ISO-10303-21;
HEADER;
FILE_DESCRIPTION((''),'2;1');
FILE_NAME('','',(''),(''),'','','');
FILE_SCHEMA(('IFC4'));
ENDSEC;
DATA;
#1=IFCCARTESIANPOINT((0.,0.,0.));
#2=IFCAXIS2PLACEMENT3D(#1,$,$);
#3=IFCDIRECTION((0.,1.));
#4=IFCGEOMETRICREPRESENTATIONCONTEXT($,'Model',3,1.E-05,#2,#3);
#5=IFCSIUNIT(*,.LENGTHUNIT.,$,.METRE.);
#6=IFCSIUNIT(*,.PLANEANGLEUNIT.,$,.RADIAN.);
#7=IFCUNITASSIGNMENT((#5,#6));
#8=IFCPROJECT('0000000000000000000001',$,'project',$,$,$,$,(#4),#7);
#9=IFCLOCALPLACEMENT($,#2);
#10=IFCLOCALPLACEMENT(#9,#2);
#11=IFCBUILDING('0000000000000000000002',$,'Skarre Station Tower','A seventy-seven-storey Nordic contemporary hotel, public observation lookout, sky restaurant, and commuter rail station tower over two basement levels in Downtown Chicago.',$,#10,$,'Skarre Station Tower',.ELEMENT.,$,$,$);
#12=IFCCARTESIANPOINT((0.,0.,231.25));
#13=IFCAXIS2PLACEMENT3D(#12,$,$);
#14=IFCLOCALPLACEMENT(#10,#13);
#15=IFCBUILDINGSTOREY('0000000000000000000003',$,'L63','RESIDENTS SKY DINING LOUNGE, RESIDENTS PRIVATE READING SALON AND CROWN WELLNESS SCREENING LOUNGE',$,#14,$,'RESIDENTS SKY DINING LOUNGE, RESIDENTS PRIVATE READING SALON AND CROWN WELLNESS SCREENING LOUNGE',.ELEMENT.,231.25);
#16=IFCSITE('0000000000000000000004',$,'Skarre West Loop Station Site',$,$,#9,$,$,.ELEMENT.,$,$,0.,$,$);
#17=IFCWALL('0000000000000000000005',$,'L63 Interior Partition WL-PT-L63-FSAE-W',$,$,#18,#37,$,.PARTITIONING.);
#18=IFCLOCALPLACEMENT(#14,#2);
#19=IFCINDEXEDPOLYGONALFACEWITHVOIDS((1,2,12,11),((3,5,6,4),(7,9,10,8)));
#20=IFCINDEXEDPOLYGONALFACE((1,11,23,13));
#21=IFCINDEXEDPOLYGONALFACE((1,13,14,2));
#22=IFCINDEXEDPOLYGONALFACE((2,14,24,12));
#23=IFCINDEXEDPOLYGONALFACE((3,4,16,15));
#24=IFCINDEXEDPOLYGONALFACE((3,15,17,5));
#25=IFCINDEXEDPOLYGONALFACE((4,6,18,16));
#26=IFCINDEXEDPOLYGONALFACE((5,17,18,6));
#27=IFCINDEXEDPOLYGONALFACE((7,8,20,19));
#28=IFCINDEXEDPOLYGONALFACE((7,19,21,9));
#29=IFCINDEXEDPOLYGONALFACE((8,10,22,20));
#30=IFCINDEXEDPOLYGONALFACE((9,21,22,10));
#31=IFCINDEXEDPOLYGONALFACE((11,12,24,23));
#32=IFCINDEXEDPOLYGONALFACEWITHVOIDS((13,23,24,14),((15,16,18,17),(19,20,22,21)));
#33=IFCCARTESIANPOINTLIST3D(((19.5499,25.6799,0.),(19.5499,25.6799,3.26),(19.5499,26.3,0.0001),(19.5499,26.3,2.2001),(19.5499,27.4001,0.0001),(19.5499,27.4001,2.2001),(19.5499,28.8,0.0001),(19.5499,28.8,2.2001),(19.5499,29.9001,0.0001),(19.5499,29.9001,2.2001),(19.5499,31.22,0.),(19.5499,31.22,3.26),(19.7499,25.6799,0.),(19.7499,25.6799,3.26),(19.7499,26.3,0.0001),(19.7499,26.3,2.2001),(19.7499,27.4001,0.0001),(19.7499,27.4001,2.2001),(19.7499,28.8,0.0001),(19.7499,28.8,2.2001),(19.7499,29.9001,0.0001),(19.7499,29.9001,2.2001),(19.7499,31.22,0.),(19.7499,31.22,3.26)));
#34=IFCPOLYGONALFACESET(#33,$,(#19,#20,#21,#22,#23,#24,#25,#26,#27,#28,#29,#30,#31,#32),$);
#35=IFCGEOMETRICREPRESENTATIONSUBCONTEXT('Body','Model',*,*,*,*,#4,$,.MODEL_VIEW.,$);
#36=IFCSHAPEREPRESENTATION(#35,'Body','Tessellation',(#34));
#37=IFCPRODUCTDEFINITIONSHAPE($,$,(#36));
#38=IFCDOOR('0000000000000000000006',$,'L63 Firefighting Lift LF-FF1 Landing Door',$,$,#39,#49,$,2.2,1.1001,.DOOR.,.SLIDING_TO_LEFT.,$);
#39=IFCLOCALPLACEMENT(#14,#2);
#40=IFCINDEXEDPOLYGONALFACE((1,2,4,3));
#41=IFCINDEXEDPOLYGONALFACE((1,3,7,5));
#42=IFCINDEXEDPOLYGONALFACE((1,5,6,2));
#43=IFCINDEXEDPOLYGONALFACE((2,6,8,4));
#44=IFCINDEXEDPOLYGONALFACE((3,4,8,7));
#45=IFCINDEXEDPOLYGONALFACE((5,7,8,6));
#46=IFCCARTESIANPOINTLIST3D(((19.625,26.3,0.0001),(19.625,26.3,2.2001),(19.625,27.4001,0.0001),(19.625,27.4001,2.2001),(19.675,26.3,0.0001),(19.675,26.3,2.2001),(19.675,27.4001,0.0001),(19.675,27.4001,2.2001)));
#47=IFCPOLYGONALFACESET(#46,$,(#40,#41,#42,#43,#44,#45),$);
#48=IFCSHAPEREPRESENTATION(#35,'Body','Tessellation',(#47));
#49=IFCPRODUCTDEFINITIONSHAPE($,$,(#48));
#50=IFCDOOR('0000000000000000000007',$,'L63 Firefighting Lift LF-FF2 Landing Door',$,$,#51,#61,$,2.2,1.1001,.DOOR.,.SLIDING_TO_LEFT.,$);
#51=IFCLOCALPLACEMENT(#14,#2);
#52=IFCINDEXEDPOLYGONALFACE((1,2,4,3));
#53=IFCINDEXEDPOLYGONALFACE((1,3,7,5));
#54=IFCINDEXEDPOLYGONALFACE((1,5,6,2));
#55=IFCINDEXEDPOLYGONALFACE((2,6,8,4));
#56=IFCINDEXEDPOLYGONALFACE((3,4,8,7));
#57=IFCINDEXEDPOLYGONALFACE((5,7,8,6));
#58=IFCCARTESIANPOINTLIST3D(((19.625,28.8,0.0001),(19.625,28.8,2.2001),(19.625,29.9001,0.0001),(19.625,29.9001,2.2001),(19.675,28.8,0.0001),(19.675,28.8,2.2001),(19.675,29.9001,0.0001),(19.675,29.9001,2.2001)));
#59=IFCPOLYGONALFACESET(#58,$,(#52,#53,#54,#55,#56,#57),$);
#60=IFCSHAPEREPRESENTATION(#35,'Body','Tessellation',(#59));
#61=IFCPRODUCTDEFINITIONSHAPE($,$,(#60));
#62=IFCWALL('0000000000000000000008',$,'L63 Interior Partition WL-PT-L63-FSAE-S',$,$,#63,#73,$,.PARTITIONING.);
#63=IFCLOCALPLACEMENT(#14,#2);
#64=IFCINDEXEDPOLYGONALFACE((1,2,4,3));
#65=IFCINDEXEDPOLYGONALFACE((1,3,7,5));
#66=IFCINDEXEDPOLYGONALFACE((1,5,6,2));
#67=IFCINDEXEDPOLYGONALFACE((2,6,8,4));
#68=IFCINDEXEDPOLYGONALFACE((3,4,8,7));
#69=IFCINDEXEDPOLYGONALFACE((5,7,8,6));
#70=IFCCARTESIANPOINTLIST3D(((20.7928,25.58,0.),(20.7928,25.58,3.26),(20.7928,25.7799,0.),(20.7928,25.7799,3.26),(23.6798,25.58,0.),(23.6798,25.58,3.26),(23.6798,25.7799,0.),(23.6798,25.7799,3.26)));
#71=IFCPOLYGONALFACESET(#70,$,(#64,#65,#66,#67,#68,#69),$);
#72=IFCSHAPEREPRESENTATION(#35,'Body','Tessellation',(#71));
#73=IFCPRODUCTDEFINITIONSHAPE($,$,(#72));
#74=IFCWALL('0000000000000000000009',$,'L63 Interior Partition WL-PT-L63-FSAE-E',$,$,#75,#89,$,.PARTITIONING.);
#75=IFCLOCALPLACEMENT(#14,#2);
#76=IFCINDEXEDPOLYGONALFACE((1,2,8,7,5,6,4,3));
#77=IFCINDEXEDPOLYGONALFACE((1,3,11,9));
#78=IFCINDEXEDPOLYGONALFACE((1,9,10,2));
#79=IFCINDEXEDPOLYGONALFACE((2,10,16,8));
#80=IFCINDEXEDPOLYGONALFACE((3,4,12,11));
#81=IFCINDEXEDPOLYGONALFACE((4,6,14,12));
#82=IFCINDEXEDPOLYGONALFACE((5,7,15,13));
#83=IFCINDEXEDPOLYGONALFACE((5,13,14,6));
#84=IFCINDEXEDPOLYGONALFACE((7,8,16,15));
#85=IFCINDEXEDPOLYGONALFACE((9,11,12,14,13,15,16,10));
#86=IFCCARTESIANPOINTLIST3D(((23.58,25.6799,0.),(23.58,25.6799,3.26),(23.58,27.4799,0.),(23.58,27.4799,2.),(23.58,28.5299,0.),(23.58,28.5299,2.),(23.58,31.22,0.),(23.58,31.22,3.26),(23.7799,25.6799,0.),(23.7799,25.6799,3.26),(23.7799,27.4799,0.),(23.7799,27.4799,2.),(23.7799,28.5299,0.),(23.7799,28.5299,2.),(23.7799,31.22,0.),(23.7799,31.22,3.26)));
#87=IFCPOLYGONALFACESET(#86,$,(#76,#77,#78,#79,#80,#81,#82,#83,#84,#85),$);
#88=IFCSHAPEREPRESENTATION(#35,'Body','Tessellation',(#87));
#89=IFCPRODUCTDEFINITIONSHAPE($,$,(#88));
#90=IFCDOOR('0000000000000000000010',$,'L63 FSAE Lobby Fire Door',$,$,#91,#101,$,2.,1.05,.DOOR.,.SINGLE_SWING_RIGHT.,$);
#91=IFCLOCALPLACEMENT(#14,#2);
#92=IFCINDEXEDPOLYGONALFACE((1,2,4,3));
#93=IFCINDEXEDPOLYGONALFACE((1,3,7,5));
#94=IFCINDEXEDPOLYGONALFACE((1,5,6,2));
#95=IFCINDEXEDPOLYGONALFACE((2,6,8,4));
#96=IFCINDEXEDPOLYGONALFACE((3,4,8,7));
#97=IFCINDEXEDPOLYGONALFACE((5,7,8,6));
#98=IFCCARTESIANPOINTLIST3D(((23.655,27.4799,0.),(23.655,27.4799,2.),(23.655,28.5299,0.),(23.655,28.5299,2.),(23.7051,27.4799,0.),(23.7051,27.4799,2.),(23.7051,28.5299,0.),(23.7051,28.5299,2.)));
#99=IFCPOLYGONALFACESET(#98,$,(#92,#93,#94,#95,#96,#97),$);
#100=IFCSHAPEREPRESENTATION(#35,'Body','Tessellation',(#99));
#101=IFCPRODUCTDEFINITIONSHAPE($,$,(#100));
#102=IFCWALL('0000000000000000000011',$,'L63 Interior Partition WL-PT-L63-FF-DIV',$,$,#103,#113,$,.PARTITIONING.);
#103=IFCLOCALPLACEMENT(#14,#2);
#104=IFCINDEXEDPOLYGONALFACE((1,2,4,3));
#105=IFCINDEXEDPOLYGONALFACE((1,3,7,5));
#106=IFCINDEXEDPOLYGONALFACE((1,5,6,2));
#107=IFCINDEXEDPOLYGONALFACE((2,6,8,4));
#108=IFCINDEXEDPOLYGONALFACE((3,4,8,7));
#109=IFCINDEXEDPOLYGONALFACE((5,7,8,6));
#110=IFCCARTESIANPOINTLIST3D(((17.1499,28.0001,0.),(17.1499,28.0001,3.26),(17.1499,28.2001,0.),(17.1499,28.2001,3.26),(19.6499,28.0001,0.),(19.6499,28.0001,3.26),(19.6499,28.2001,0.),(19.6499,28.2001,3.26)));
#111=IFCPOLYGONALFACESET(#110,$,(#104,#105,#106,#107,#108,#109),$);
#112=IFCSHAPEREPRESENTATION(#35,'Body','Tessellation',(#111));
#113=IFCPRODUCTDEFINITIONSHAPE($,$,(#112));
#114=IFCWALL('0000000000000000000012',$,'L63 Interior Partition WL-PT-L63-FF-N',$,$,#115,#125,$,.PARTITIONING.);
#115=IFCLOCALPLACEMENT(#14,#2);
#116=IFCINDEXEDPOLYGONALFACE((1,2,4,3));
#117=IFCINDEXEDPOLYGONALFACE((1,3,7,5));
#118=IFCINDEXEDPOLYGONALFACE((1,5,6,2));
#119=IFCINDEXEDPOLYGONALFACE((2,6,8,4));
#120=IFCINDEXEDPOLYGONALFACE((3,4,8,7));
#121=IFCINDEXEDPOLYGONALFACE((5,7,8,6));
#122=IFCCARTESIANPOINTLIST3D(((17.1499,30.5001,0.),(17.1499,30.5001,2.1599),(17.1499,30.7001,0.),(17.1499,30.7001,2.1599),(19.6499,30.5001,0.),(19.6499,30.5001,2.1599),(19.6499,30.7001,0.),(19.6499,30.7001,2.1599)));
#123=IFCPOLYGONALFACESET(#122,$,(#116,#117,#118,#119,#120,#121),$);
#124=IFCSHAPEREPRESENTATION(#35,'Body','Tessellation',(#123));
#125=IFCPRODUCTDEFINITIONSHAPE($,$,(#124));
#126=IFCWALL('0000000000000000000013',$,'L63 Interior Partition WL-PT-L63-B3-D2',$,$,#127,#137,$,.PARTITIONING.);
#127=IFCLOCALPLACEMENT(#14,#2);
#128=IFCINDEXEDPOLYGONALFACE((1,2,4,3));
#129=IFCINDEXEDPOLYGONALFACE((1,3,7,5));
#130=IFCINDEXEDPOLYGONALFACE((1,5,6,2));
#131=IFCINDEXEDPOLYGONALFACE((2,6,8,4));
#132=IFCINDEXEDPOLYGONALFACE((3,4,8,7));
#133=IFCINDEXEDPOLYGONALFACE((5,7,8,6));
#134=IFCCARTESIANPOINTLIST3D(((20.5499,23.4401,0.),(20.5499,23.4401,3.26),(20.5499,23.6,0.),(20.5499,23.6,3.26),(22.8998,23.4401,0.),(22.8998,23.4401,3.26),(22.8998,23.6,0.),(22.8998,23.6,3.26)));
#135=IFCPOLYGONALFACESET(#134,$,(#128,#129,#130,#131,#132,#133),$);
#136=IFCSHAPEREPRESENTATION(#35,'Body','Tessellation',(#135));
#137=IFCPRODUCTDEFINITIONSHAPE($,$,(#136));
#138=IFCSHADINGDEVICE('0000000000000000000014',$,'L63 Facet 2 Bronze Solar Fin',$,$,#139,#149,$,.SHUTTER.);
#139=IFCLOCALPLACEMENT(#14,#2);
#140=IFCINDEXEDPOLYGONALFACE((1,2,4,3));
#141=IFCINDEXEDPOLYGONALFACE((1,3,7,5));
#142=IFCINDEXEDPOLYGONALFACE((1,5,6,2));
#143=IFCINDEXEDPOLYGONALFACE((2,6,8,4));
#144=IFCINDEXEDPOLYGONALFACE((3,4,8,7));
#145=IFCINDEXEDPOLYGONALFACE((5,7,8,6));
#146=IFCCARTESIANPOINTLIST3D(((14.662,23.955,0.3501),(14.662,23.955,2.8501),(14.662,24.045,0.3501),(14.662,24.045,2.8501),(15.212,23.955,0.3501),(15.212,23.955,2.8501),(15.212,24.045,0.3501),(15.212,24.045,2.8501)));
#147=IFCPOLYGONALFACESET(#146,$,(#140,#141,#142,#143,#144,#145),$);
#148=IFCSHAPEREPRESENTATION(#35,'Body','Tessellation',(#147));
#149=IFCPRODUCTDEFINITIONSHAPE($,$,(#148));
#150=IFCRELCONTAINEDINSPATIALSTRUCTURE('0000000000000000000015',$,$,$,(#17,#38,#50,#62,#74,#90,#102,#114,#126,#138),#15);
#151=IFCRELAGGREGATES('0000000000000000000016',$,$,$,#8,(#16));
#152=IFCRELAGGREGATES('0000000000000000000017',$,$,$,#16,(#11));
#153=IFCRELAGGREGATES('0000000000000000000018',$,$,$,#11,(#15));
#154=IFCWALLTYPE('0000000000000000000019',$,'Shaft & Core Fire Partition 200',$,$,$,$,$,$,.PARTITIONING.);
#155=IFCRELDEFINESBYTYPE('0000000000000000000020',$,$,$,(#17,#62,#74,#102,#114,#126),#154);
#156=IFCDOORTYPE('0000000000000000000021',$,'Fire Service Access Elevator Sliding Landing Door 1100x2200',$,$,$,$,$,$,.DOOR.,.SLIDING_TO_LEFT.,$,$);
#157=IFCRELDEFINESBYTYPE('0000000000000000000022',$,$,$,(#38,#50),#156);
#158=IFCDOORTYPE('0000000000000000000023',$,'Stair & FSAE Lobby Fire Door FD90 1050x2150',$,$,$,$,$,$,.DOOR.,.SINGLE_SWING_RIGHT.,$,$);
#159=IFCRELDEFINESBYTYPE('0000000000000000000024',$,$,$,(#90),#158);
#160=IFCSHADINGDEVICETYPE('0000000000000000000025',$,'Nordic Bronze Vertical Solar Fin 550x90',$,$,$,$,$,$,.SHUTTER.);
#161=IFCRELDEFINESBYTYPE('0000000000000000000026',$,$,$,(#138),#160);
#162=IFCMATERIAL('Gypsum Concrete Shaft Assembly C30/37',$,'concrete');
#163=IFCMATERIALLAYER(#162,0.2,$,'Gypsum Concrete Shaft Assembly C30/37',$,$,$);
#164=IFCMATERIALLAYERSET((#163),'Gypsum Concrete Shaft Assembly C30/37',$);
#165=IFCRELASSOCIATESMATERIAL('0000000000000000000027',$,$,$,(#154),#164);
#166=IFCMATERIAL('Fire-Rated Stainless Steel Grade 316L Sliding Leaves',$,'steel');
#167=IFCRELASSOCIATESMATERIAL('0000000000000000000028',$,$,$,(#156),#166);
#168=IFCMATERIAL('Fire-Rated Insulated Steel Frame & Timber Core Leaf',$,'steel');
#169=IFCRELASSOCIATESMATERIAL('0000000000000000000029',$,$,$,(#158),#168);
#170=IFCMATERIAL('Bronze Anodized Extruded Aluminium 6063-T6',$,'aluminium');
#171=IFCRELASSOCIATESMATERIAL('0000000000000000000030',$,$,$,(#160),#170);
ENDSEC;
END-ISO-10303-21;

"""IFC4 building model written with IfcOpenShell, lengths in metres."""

from ifc_helpers import new_model, si_unit, direction, frame, frame_2d, origin, origin_2d, place, context, subcontext, project, spatial, rectangle, extrude, material, layer, layer_set, type_object, element, fill, save


model = new_model("IFC4")

# Units and contexts
model_context = context("Model", 3, precision=1e-05, world=origin(), true_north=direction((0.0, 1.0)))
body_context = subcontext(model_context, "Body", "Model", "MODEL_VIEW")
ifc_project = project(units=[si_unit("LENGTHUNIT", "METRE"), si_unit("PLANEANGLEUNIT", "RADIAN")], contexts=[model_context])

# Site, building, storey
site_placement = place(None, origin())
site = spatial("IfcSite", under=ifc_project, at=site_placement, Name="Skarre West Loop Station Site", CompositionType="ELEMENT", RefElevation=0.0)
building_placement = place(site_placement, origin())
building = spatial("IfcBuilding", under=site, at=building_placement, Name="Skarre Station Tower", Description="A seventy-seven-storey Nordic contemporary hotel, public observation lookout, sky restaurant, and commuter rail station tower over two basement levels in Downtown Chicago.", LongName="Skarre Station Tower", CompositionType="ELEMENT")
storey_placement = place(building_placement, frame((0.0, 0.0, 231.25)))
storey = spatial("IfcBuildingStorey", under=building, at=storey_placement, Name="L63", Description="RESIDENTS SKY DINING LOUNGE, RESIDENTS PRIVATE READING SALON AND CROWN WELLNESS SCREENING LOUNGE", LongName="RESIDENTS SKY DINING LOUNGE, RESIDENTS PRIVATE READING SALON AND CROWN WELLNESS SCREENING LOUNGE", CompositionType="ELEMENT", Elevation=231.25)

# Wall, openings, doors
ifc_material_1 = material(Name="Gypsum Concrete Shaft Assembly C30/37", Category="concrete")
ifc_layer_1 = layer(ifc_material_1, 0.2, Name="Gypsum Concrete Shaft Assembly C30/37")
ifc_layer_set_1 = layer_set([ifc_layer_1], Name="Gypsum Concrete Shaft Assembly C30/37")
wall_type_1 = type_object("IfcWallType", Name="Shaft & Core Fire Partition 200", PredefinedType="PARTITIONING", material=ifc_layer_set_1)
wall_1_placement = place(storey_placement, frame((19.6499, 25.6799, 0.0), z_axis=(0.0, 0.0, 1.0), x_axis=(0.0, 1.0, 0.0)))
wall_1 = element("IfcWall", 1, at=wall_1_placement, inside=storey, type_object=wall_type_1, Name="L63 Interior Partition WL-PT-L63-FSAE-W", PredefinedType="PARTITIONING", context=body_context, shape_type="SweptSolid", body=[
    extrude(rectangle(XDim=5.54, YDim=0.2, at=frame_2d((2.77, 0.0))), origin(), (0.0, 0.0, 1.0), 3.26),
])
opening_1_placement = place(wall_1_placement, frame((0.6201, 0.0, 0.0)))
opening_1 = element("IfcOpeningElement", 2, at=opening_1_placement, cuts=wall_1, PredefinedType="OPENING", context=body_context, shape_type="SweptSolid", body=[
    extrude(rectangle(XDim=1.1001, YDim=2.2, at=frame_2d((0.55, 1.1001))), frame((0.0, 0.1099, 0.0), z_axis=(0.0, -1.0, 0.0), x_axis=(1.0, 0.0, 0.0)), (0.0, 0.0, 1.0), 0.22),
])
opening_2_placement = place(wall_1_placement, frame((3.1201, 0.0, 0.0)))
opening_2 = element("IfcOpeningElement", 3, at=opening_2_placement, cuts=wall_1, PredefinedType="OPENING", context=body_context, shape_type="SweptSolid", body=[
    extrude(rectangle(XDim=1.1001, YDim=2.2, at=frame_2d((0.55, 1.1001))), frame((0.0, 0.1099, 0.0), z_axis=(0.0, -1.0, 0.0), x_axis=(1.0, 0.0, 0.0)), (0.0, 0.0, 1.0), 0.22),
])
ifc_material_2 = material(Name="Fire-Rated Stainless Steel Grade 316L Sliding Leaves", Category="steel")
door_type_1 = type_object("IfcDoorType", Name="Fire Service Access Elevator Sliding Landing Door 1100x2200", OperationType="SLIDING_TO_LEFT", PredefinedType="DOOR", material=ifc_material_2)
door_1_placement = place(opening_1_placement, origin())
door_1 = element("IfcDoor", 4, at=door_1_placement, inside=storey, type_object=door_type_1, Name="L63 Firefighting Lift LF-FF1 Landing Door", OperationType="SLIDING_TO_LEFT", OverallHeight=2.2, OverallWidth=1.1001, PredefinedType="DOOR", context=body_context, shape_type="SweptSolid", body=[
    extrude(rectangle(XDim=1.1001, YDim=2.2, at=frame_2d((0.55, 1.1001))), frame((0.0, 0.0249, 0.0), z_axis=(0.0, -1.0, 0.0), x_axis=(1.0, 0.0, 0.0)), (0.0, 0.0, 1.0), 0.05),
])
fill(opening_1, door_1)
door_2_placement = place(opening_2_placement, origin())
door_2 = element("IfcDoor", 5, at=door_2_placement, inside=storey, type_object=door_type_1, Name="L63 Firefighting Lift LF-FF2 Landing Door", OperationType="SLIDING_TO_LEFT", OverallHeight=2.2, OverallWidth=1.1001, PredefinedType="DOOR", context=body_context, shape_type="SweptSolid", body=[
    extrude(rectangle(XDim=1.1001, YDim=2.2, at=frame_2d((0.55, 1.1001))), frame((0.0, 0.0249, 0.0), z_axis=(0.0, -1.0, 0.0), x_axis=(1.0, 0.0, 0.0)), (0.0, 0.0, 1.0), 0.05),
])
fill(opening_2, door_2)

# Wall
wall_2_placement = place(storey_placement, frame((20.793, 25.6799, 0.0), z_axis=(0.0, 0.0, 1.0), x_axis=(1.0, 0.0, 0.0)))
element("IfcWall", 6, at=wall_2_placement, inside=storey, type_object=wall_type_1, Name="L63 Interior Partition WL-PT-L63-FSAE-S", PredefinedType="PARTITIONING", context=body_context, shape_type="SweptSolid", body=[
    extrude(rectangle(XDim=2.887, YDim=0.2, at=frame_2d((1.4434, 0.0))), origin(), (0.0, 0.0, 1.0), 3.26),
])

# Wall, opening, door
wall_3_placement = place(storey_placement, frame((23.6799, 25.6799, 0.0), z_axis=(0.0, 0.0, 1.0), x_axis=(0.0, 1.0, 0.0)))
wall_3 = element("IfcWall", 7, at=wall_3_placement, inside=storey, type_object=wall_type_1, Name="L63 Interior Partition WL-PT-L63-FSAE-E", PredefinedType="PARTITIONING", context=body_context, shape_type="SweptSolid", body=[
    extrude(rectangle(XDim=5.54, YDim=0.2, at=frame_2d((2.77, 0.0))), origin(), (0.0, 0.0, 1.0), 3.26),
])
opening_3_placement = place(wall_3_placement, frame((1.8, 0.0, 0.0)))
opening_3 = element("IfcOpeningElement", 8, at=opening_3_placement, cuts=wall_3, PredefinedType="OPENING", context=body_context, shape_type="SweptSolid", body=[
    extrude(rectangle(XDim=1.05, YDim=2.0, at=frame_2d((0.5249, 1.0))), frame((0.0, 0.1099, 0.0), z_axis=(0.0, -1.0, 0.0), x_axis=(1.0, 0.0, 0.0)), (0.0, 0.0, 1.0), 0.22),
])
ifc_material_3 = material(Name="Fire-Rated Insulated Steel Frame & Timber Core Leaf", Category="steel")
door_type_2 = type_object("IfcDoorType", Name="Stair & FSAE Lobby Fire Door FD90 1050x2150", OperationType="SINGLE_SWING_RIGHT", PredefinedType="DOOR", material=ifc_material_3)
door_3_placement = place(opening_3_placement, origin())
door_3 = element("IfcDoor", 9, at=door_3_placement, inside=storey, type_object=door_type_2, Name="L63 FSAE Lobby Fire Door", OperationType="SINGLE_SWING_RIGHT", OverallHeight=2.0, OverallWidth=1.05, PredefinedType="DOOR", context=body_context, shape_type="SweptSolid", body=[
    extrude(rectangle(XDim=1.05, YDim=2.0, at=frame_2d((0.5249, 1.0))), frame((0.0, 0.0249, 0.0), z_axis=(0.0, -1.0, 0.0), x_axis=(1.0, 0.0, 0.0)), (0.0, 0.0, 1.0), 0.05),
])
fill(opening_3, door_3)

# Walls
wall_4_placement = place(storey_placement, frame((17.1499, 28.1001, 0.0), z_axis=(0.0, 0.0, 1.0), x_axis=(1.0, 0.0, 0.0)))
element("IfcWall", 10, at=wall_4_placement, inside=storey, type_object=wall_type_1, Name="L63 Interior Partition WL-PT-L63-FF-DIV", PredefinedType="PARTITIONING", context=body_context, shape_type="SweptSolid", body=[
    extrude(rectangle(XDim=2.5, YDim=0.2, at=frame_2d((1.25, 0.0))), origin(), (0.0, 0.0, 1.0), 3.26),
])
wall_5_placement = place(storey_placement, frame((19.6499, 30.6001, 0.0), z_axis=(0.0, 0.0, 1.0), x_axis=(-1.0, 0.0, 0.0)))
element("IfcWall", 11, at=wall_5_placement, inside=storey, type_object=wall_type_1, Name="L63 Interior Partition WL-PT-L63-FF-N", PredefinedType="PARTITIONING", context=body_context, shape_type="SweptSolid", body=[
    extrude(rectangle(XDim=2.5, YDim=0.2, at=frame_2d((1.25, 0.0))), origin(), (0.0, 0.0, 1.0), 2.1599),
])
wall_6_placement = place(storey_placement, frame((20.55, 23.52, 0.0), z_axis=(0.0, 0.0, 1.0), x_axis=(1.0, 0.0, 0.0)))
element("IfcWall", 12, at=wall_6_placement, inside=storey, type_object=wall_type_1, Name="L63 Interior Partition WL-PT-L63-B3-D2", PredefinedType="PARTITIONING", context=body_context, shape_type="SweptSolid", body=[
    extrude(rectangle(XDim=2.3499, YDim=0.1599, at=frame_2d((1.1748, 0.0))), origin(), (0.0, 0.0, 1.0), 3.26),
])

# Shading device
ifc_material_4 = material(Name="Bronze Anodized Extruded Aluminium 6063-T6", Category="aluminium")
shading_device_type = type_object("IfcShadingDeviceType", Name="Nordic Bronze Vertical Solar Fin 550x90", PredefinedType="SHUTTER", material=ifc_material_4)
shading_device_placement = place(storey_placement, frame((14.937, 24.0, 0.3501), z_axis=(0.0, 0.0, 1.0), x_axis=(-1.0, 0.0, 0.0)))
element("IfcShadingDevice", 13, at=shading_device_placement, inside=storey, type_object=shading_device_type, Name="L63 Facet 2 Bronze Solar Fin", PredefinedType="SHUTTER", context=body_context, shape_type="SweptSolid", body=[
    extrude(rectangle(XDim=0.55, YDim=0.0901, at=origin_2d()), origin(), (0.0, 0.0, 1.0), 2.5),
])

save(model, "model.ifc")
